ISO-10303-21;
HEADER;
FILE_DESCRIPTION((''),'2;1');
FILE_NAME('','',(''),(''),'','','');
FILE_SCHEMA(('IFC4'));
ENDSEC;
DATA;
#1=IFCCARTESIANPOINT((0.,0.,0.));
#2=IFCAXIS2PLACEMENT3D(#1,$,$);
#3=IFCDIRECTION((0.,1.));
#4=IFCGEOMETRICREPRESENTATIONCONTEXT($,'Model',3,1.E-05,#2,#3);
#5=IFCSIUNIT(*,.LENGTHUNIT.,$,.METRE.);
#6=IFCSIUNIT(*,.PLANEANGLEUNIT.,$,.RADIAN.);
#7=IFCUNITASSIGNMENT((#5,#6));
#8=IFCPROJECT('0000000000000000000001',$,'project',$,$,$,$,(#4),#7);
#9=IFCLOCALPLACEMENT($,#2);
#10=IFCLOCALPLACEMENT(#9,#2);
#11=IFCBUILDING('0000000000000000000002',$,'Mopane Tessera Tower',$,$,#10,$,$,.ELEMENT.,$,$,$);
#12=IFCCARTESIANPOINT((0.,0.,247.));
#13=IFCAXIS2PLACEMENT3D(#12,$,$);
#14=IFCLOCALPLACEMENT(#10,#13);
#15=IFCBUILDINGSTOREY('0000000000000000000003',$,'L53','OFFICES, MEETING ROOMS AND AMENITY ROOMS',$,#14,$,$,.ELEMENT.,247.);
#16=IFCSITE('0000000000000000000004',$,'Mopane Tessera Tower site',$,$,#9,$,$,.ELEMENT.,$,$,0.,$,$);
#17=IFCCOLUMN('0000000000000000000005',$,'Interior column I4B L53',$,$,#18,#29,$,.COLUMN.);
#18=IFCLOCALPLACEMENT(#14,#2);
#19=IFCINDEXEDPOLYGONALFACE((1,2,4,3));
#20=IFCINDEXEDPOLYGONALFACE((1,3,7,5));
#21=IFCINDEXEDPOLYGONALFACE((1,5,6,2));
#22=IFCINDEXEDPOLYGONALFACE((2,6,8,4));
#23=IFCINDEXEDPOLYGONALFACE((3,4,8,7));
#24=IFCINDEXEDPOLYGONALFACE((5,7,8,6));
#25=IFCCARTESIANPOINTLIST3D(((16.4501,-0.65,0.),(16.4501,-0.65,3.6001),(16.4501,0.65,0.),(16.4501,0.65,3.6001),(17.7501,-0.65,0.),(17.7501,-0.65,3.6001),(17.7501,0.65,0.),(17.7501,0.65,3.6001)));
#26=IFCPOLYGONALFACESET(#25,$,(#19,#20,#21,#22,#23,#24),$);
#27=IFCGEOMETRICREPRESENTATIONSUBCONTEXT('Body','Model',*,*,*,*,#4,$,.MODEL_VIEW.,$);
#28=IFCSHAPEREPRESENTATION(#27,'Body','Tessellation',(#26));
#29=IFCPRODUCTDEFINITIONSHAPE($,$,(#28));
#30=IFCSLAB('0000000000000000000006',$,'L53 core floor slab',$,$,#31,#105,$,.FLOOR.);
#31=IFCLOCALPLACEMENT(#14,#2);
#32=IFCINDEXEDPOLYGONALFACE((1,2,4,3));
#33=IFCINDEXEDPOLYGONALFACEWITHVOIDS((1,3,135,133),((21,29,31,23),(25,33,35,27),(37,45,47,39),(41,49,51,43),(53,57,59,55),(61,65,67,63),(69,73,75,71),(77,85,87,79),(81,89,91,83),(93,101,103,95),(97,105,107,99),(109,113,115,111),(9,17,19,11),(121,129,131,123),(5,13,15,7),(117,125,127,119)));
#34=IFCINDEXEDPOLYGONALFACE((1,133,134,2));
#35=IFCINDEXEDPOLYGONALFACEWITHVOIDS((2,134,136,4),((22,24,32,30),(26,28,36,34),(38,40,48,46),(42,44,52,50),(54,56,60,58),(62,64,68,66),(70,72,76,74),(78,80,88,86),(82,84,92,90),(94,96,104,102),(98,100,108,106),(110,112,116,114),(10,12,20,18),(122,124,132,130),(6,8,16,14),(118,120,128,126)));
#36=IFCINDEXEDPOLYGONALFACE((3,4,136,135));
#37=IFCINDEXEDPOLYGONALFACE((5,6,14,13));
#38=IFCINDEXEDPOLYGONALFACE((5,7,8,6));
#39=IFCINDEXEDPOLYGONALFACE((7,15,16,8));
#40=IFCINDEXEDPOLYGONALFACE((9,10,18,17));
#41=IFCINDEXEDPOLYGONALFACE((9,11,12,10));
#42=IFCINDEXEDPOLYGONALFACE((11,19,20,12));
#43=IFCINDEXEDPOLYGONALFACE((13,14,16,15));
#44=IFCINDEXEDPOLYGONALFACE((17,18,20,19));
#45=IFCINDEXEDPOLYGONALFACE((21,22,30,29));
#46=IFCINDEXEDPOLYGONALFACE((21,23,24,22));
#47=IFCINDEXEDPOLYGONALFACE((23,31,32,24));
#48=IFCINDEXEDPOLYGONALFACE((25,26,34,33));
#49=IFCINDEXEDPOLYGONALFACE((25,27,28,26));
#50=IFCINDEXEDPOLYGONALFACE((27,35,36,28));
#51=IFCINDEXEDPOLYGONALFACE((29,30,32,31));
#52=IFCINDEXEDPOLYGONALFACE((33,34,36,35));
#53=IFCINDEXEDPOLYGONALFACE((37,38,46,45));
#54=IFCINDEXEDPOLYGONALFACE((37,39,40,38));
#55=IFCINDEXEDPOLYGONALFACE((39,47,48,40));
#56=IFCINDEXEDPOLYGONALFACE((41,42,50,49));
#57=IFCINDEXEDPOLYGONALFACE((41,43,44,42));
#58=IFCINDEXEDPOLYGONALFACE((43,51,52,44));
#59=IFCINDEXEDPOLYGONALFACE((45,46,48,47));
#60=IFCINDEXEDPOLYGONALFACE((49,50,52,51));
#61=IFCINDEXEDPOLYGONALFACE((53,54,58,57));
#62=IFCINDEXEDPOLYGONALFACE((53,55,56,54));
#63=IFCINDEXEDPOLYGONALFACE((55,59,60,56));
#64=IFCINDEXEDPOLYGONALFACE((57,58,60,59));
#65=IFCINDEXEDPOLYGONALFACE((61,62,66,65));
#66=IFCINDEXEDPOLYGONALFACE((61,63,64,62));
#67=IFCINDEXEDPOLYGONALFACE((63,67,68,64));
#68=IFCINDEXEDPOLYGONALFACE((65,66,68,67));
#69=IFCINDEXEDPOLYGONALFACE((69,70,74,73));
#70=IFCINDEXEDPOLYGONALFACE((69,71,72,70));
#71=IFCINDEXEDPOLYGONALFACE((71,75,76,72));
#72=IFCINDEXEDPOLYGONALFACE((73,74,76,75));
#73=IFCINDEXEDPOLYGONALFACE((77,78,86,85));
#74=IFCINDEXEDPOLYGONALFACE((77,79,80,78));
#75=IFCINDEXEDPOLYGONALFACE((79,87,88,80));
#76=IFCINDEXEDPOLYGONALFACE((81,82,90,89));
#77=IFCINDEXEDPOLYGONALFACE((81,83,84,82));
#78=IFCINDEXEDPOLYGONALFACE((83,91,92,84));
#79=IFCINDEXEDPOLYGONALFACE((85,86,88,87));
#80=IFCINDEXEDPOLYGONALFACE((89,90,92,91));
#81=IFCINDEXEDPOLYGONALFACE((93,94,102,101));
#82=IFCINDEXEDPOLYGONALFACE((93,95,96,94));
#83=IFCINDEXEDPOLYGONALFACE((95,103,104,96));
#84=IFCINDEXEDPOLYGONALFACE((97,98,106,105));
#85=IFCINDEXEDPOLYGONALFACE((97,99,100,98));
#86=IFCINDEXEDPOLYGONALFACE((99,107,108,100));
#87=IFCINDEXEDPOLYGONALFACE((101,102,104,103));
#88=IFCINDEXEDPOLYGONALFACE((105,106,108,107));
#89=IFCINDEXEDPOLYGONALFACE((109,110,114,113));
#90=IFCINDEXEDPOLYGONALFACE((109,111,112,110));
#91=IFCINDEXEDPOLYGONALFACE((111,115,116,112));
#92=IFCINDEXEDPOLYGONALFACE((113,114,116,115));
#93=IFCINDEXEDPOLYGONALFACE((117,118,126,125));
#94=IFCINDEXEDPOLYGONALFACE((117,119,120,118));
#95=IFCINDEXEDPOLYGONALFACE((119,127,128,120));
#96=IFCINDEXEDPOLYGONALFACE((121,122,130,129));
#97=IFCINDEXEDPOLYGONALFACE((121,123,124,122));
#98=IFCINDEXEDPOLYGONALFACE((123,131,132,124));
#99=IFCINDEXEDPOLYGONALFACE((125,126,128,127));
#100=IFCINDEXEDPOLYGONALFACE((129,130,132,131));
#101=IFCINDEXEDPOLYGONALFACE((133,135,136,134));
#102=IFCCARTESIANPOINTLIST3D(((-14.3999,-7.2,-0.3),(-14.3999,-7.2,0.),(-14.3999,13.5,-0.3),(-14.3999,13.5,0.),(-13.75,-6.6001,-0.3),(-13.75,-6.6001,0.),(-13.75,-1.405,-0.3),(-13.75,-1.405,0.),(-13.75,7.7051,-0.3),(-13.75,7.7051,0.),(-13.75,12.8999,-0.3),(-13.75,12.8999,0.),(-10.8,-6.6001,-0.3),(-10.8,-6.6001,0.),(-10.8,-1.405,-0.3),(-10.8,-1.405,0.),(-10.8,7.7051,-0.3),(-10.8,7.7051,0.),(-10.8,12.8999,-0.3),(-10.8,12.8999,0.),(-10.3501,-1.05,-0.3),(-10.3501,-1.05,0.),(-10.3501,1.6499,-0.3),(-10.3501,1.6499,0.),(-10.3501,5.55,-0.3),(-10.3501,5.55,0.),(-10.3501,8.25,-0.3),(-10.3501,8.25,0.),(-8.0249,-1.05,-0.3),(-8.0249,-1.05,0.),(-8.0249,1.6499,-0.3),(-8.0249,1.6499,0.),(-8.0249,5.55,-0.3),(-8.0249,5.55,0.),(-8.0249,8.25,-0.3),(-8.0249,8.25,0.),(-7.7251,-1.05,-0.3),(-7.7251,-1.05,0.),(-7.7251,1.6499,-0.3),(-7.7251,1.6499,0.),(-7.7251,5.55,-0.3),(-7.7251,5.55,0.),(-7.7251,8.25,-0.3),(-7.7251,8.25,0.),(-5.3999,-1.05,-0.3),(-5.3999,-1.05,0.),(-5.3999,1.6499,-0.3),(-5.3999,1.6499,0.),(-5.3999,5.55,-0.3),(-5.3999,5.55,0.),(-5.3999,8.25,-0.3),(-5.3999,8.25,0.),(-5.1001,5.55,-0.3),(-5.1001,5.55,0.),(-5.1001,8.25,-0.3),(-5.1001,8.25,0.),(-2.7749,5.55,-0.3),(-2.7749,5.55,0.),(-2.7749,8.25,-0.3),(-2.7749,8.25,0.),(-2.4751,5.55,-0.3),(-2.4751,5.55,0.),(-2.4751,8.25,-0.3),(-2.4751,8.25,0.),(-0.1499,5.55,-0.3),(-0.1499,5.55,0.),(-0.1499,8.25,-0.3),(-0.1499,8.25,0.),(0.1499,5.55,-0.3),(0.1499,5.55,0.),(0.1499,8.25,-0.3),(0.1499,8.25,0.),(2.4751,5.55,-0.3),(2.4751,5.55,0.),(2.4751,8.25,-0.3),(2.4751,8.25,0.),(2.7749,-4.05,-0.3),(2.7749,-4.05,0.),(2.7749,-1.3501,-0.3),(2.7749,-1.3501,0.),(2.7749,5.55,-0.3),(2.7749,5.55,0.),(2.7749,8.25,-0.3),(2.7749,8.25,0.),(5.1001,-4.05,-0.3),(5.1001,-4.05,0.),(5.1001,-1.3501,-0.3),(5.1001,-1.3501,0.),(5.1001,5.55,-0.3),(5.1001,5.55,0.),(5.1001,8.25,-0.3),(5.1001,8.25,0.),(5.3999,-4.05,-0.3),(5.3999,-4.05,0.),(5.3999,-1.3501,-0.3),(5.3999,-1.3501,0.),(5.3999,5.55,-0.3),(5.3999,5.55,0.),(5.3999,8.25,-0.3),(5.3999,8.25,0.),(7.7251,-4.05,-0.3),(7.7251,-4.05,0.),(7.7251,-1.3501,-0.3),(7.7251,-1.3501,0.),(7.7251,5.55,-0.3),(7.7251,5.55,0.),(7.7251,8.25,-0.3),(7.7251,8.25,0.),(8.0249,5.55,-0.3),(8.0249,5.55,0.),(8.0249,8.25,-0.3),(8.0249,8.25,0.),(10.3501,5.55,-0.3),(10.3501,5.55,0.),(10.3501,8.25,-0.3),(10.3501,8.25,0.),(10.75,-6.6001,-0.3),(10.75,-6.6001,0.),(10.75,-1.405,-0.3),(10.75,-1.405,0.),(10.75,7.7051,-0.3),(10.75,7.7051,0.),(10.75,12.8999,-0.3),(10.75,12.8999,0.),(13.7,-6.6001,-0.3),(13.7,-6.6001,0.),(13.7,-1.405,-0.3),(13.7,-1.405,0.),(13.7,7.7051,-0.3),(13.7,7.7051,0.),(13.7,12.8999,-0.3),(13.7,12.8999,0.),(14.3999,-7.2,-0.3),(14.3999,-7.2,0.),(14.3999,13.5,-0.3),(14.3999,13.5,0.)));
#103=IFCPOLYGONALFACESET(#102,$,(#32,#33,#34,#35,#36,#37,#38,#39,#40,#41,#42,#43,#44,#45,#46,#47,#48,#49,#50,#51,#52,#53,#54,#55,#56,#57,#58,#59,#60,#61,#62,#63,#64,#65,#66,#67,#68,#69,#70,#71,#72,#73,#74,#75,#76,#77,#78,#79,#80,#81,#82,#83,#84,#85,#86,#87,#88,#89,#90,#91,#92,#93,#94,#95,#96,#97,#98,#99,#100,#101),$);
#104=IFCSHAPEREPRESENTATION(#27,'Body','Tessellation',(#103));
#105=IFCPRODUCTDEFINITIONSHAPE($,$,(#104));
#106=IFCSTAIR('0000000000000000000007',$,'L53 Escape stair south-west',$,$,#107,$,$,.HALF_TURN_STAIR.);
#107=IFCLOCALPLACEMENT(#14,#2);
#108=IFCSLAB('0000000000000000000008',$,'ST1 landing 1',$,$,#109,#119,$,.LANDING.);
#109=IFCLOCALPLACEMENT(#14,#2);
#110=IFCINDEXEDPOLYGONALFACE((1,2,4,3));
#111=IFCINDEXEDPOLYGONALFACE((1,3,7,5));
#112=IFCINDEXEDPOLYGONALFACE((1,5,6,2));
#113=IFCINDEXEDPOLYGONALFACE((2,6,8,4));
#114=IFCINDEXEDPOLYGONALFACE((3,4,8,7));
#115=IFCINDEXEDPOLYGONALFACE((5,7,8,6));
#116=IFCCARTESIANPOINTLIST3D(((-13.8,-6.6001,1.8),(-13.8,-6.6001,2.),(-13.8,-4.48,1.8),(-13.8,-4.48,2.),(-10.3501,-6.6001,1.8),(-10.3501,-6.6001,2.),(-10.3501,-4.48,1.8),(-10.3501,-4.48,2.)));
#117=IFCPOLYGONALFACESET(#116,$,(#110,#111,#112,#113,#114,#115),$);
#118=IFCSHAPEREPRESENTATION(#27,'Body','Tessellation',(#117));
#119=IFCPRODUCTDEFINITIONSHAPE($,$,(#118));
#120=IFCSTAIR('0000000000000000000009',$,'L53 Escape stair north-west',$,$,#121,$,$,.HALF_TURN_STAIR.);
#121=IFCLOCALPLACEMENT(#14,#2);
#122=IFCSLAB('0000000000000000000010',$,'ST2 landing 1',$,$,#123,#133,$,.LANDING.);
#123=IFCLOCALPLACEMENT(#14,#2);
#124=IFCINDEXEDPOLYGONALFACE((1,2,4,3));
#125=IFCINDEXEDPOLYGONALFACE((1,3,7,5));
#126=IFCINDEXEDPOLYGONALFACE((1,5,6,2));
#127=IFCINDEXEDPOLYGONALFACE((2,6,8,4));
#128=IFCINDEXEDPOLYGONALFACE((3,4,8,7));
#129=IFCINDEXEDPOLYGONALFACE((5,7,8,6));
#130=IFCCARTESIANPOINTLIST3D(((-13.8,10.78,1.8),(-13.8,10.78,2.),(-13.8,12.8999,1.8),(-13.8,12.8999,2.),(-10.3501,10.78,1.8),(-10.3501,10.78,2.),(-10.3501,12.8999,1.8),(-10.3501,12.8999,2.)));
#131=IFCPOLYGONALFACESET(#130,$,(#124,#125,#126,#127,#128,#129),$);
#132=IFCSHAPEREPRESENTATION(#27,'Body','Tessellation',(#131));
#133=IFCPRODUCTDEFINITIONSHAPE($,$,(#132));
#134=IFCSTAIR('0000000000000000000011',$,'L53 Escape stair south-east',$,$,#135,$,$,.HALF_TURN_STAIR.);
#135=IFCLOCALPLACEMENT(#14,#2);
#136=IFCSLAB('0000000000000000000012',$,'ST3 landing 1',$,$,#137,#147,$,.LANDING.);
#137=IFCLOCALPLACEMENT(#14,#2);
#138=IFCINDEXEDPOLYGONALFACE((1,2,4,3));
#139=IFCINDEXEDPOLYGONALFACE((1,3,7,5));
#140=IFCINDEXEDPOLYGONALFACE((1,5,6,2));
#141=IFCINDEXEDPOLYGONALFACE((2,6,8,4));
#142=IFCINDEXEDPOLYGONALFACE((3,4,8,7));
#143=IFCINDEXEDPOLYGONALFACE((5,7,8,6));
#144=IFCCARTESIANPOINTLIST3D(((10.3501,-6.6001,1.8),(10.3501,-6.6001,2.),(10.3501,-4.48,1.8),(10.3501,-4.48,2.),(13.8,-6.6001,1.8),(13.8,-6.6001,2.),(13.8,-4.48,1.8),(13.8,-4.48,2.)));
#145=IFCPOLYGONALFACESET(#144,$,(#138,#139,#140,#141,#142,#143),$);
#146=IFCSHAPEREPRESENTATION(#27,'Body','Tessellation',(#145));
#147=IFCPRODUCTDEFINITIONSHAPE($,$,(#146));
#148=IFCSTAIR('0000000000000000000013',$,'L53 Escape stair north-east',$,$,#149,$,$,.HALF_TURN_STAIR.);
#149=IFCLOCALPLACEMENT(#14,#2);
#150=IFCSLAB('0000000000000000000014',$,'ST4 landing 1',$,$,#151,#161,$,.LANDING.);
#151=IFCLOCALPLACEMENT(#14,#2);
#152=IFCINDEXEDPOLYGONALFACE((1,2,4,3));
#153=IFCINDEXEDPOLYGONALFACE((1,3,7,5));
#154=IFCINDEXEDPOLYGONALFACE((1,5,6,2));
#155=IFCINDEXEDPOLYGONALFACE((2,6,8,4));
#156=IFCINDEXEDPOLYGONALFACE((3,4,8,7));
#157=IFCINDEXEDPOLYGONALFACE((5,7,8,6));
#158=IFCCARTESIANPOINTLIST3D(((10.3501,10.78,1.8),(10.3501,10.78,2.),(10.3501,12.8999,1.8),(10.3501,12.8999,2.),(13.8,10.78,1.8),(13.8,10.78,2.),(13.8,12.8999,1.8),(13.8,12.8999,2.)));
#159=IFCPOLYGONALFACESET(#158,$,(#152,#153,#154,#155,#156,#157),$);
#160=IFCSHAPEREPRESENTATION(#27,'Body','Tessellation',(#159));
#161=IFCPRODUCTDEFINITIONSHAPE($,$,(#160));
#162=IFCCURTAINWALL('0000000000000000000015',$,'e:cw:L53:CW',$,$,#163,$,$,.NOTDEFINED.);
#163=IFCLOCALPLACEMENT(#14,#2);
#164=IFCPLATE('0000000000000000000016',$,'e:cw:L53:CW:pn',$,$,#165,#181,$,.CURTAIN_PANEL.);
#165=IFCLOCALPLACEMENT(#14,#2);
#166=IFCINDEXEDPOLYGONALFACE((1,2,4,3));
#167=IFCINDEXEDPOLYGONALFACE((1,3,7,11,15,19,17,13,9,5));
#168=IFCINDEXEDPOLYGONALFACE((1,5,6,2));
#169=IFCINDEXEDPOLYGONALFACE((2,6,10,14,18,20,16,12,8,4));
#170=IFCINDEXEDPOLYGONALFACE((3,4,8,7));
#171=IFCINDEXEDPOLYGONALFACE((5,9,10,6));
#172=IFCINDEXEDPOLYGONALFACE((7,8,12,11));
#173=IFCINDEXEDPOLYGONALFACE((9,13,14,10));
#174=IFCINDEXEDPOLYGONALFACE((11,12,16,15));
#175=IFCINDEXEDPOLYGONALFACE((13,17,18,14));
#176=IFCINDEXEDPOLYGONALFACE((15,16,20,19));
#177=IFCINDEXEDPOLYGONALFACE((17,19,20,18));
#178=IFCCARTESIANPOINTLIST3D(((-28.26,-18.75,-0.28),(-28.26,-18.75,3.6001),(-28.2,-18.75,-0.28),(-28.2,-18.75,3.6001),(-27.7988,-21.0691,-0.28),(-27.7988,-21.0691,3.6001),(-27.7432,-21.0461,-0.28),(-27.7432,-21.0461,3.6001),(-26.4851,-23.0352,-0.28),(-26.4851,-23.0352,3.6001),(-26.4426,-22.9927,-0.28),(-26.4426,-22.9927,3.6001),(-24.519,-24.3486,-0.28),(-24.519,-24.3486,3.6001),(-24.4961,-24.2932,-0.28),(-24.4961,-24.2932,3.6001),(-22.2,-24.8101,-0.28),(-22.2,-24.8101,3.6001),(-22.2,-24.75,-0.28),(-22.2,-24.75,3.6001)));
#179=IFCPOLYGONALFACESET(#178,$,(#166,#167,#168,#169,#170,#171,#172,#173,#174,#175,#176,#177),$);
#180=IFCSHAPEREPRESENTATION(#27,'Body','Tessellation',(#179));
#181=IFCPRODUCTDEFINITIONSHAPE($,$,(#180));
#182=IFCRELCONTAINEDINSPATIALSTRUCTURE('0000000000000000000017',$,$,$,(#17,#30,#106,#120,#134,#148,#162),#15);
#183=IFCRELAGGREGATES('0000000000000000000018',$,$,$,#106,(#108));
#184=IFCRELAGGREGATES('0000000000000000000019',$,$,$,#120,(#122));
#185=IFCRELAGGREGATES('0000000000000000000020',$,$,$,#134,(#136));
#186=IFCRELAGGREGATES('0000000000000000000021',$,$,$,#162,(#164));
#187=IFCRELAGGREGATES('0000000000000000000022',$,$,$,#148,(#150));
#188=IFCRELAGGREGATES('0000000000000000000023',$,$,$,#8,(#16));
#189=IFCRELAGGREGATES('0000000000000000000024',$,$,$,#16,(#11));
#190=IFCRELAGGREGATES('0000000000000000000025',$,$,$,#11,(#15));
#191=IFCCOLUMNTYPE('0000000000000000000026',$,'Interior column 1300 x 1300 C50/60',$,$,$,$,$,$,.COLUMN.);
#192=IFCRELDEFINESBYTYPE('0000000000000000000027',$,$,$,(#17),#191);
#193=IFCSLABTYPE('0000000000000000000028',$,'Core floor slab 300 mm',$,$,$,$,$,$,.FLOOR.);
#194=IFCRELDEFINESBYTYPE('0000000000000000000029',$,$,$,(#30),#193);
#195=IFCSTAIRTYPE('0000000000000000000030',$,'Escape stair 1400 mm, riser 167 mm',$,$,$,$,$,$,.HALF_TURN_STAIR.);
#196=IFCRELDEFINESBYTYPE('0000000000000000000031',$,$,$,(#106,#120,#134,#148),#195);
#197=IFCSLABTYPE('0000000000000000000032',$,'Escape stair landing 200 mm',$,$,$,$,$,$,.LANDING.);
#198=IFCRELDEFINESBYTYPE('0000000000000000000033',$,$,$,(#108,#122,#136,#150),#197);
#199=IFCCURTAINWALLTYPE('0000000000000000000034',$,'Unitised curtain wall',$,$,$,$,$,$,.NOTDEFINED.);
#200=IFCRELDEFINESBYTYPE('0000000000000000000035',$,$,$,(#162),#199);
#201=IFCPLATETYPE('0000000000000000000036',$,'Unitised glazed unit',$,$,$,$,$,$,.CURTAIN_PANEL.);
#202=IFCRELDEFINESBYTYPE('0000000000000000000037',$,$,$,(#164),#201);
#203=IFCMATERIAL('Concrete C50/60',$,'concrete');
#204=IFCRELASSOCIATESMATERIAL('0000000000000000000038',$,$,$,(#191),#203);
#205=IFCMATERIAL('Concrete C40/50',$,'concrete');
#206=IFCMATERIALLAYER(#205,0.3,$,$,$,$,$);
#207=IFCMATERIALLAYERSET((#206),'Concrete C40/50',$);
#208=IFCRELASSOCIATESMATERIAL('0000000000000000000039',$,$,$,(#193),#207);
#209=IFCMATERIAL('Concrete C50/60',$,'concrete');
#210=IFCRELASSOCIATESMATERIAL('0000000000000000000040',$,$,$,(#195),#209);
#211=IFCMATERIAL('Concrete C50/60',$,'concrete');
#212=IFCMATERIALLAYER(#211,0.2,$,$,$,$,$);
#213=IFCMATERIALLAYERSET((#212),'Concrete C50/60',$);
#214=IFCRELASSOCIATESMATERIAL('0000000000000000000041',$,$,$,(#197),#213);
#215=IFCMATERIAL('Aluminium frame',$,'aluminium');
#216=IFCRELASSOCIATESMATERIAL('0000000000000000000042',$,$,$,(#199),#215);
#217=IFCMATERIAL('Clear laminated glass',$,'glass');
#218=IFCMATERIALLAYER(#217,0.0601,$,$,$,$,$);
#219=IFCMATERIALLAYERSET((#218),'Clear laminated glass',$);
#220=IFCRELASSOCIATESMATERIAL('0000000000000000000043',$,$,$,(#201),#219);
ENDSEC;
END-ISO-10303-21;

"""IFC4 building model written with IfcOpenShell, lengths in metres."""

from ifc_helpers import new_model, si_unit, direction, frame, origin, origin_2d, place, context, subcontext, project, spatial, polyline, rectangle, outline, extrude, material, layer, layer_set, material_profile, profile_set, type_object, element, aggregate, save


model = new_model("IFC4")

# Units and contexts
model_context = context("Model", 3, precision=1e-05, world=origin(), true_north=direction((0.0, 1.0)))
body_context = subcontext(model_context, "Body", "Model", "MODEL_VIEW")
ifc_project = project(units=[si_unit("LENGTHUNIT", "METRE"), si_unit("PLANEANGLEUNIT", "RADIAN")], contexts=[model_context])

# Site, building, storey
site_placement = place(None, origin())
site = spatial("IfcSite", under=ifc_project, at=site_placement, Name="Mopane Tessera Tower site", CompositionType="ELEMENT", RefElevation=0.0)
building_placement = place(site_placement, origin())
building = spatial("IfcBuilding", under=site, at=building_placement, Name="Mopane Tessera Tower", CompositionType="ELEMENT")
storey_placement = place(building_placement, frame((0.0, 0.0, 247.0)))
storey = spatial("IfcBuildingStorey", under=building, at=storey_placement, Name="L53", Description="OFFICES, MEETING ROOMS AND AMENITY ROOMS", CompositionType="ELEMENT", Elevation=247.0)

# Column
ifc_material_1 = material(Name="Concrete C50/60", Category="concrete")
ifc_material_profile = material_profile(ifc_material_1, rectangle(XDim=1.3, YDim=1.3, at=origin_2d()))
ifc_profile_set = profile_set([ifc_material_profile], Name="Concrete C50/60")
column_type = type_object("IfcColumnType", Name="Interior column 1300 x 1300 C50/60", PredefinedType="COLUMN", material=ifc_profile_set)
column_placement = place(storey_placement, frame((17.1001, 0.0, 0.0), z_axis=(0.0, 0.0, 1.0), x_axis=(1.0, 0.0, 0.0)))
element("IfcColumn", 1, at=column_placement, inside=storey, type_object=column_type, Name="Interior column I4B L53", PredefinedType="COLUMN", context=body_context, shape_type="SweptSolid", body=[
    extrude(rectangle(XDim=1.3, YDim=1.3, at=origin_2d()), origin(), (0.0, 0.0, 1.0), 3.6001),
])

# Slab
ifc_material_2 = material(Name="Concrete C40/50", Category="concrete")
ifc_layer_1 = layer(ifc_material_2, 0.3)
ifc_layer_set_1 = layer_set([ifc_layer_1], Name="Concrete C40/50")
slab_type_1 = type_object("IfcSlabType", Name="Core floor slab 300 mm", PredefinedType="FLOOR", material=ifc_layer_set_1)
slab_1_placement = place(storey_placement, frame((0.0, 0.0, -0.3)))
element("IfcSlab", 2, at=slab_1_placement, inside=storey, type_object=slab_type_1, Name="L53 core floor slab", PredefinedType="FLOOR", context=body_context, shape_type="SweptSolid", body=[
    extrude(outline(polyline([(-14.3999, -7.2), (14.3999, -7.2), (14.3999, 13.5), (-14.3999, 13.5), (-14.3999, -7.2)]), holes=[polyline([(-10.3501, -1.05), (-8.0249, -1.05), (-8.0249, 1.6499), (-10.3501, 1.6499), (-10.3501, -1.05)]), polyline([(-7.7251, -1.05), (-5.3999, -1.05), (-5.3999, 1.6499), (-7.7251, 1.6499), (-7.7251, -1.05)]), polyline([(-10.3501, 5.55), (-8.0249, 5.55), (-8.0249, 8.25), (-10.3501, 8.25), (-10.3501, 5.55)]), polyline([(-7.7251, 5.55), (-5.3999, 5.55), (-5.3999, 8.25), (-7.7251, 8.25), (-7.7251, 5.55)]), polyline([(-5.1001, 5.55), (-2.7749, 5.55), (-2.7749, 8.25), (-5.1001, 8.25), (-5.1001, 5.55)]), polyline([(-2.4751, 5.55), (-0.1499, 5.55), (-0.1499, 8.25), (-2.4751, 8.25), (-2.4751, 5.55)]), polyline([(0.1499, 5.55), (2.4751, 5.55), (2.4751, 8.25), (0.1499, 8.25), (0.1499, 5.55)]), polyline([(2.7749, 5.55), (5.1001, 5.55), (5.1001, 8.25), (2.7749, 8.25), (2.7749, 5.55)]), polyline([(5.3999, 5.55), (7.7251, 5.55), (7.7251, 8.25), (5.3999, 8.25), (5.3999, 5.55)]), polyline([(8.0249, 5.55), (10.3501, 5.55), (10.3501, 8.25), (8.0249, 8.25), (8.0249, 5.55)]), polyline([(2.7749, -4.05), (5.1001, -4.05), (5.1001, -1.3501), (2.7749, -1.3501), (2.7749, -4.05)]), polyline([(5.3999, -4.05), (7.7251, -4.05), (7.7251, -1.3501), (5.3999, -1.3501), (5.3999, -4.05)]), polyline([(-13.75, -1.405), (-13.75, -6.6001), (-10.8, -6.6001), (-10.8, -1.405), (-13.75, -1.405)]), polyline([(-10.8, 7.7051), (-10.8, 12.8999), (-13.75, 12.8999), (-13.75, 7.7051), (-10.8, 7.7051)]), polyline([(10.75, -1.405), (10.75, -6.6001), (13.7, -6.6001), (13.7, -1.405), (10.75, -1.405)]), polyline([(13.7, 7.7051), (13.7, 12.8999), (10.75, 12.8999), (10.75, 7.7051), (13.7, 7.7051)])]), origin(), (0.0, 0.0, 1.0), 0.3),
])

# Stairs, slabs
ifc_material_3 = material(Name="Concrete C50/60", Category="concrete")
stair_type = type_object("IfcStairType", Name="Escape stair 1400 mm, riser 167 mm", PredefinedType="HALF_TURN_STAIR", material=ifc_material_3)
stair_1_placement = place(storey_placement, origin())
stair_1 = element("IfcStair", 3, at=stair_1_placement, inside=storey, type_object=stair_type, Name="L53 Escape stair south-west", PredefinedType="HALF_TURN_STAIR")
ifc_material_4 = material(Name="Concrete C50/60", Category="concrete")
ifc_layer_2 = layer(ifc_material_4, 0.2)
ifc_layer_set_2 = layer_set([ifc_layer_2], Name="Concrete C50/60")
slab_type_2 = type_object("IfcSlabType", Name="Escape stair landing 200 mm", PredefinedType="LANDING", material=ifc_layer_set_2)
slab_2_placement = place(storey_placement, frame((0.0, 0.0, 1.8)))
slab_2 = element("IfcSlab", 4, at=slab_2_placement, type_object=slab_type_2, Name="ST1 landing 1", PredefinedType="LANDING", context=body_context, shape_type="SweptSolid", body=[
    extrude(outline(polyline([(-13.8, -4.48), (-13.8, -6.6001), (-10.3501, -6.6001), (-10.3501, -4.48), (-13.8, -4.48)])), origin(), (0.0, 0.0, 1.0), 0.2),
])
aggregate(stair_1, [slab_2])
stair_2_placement = place(storey_placement, origin())
stair_2 = element("IfcStair", 5, at=stair_2_placement, inside=storey, type_object=stair_type, Name="L53 Escape stair north-west", PredefinedType="HALF_TURN_STAIR")
slab_3_placement = place(storey_placement, frame((0.0, 0.0, 1.8)))
slab_3 = element("IfcSlab", 6, at=slab_3_placement, type_object=slab_type_2, Name="ST2 landing 1", PredefinedType="LANDING", context=body_context, shape_type="SweptSolid", body=[
    extrude(outline(polyline([(-10.3501, 10.78), (-10.3501, 12.8999), (-13.8, 12.8999), (-13.8, 10.78), (-10.3501, 10.78)])), origin(), (0.0, 0.0, 1.0), 0.2),
])
aggregate(stair_2, [slab_3])
stair_3_placement = place(storey_placement, origin())
stair_3 = element("IfcStair", 7, at=stair_3_placement, inside=storey, type_object=stair_type, Name="L53 Escape stair south-east", PredefinedType="HALF_TURN_STAIR")
slab_4_placement = place(storey_placement, frame((0.0, 0.0, 1.8)))
slab_4 = element("IfcSlab", 8, at=slab_4_placement, type_object=slab_type_2, Name="ST3 landing 1", PredefinedType="LANDING", context=body_context, shape_type="SweptSolid", body=[
    extrude(outline(polyline([(10.3501, -4.48), (10.3501, -6.6001), (13.8, -6.6001), (13.8, -4.48), (10.3501, -4.48)])), origin(), (0.0, 0.0, 1.0), 0.2),
])
aggregate(stair_3, [slab_4])
stair_4_placement = place(storey_placement, origin())
stair_4 = element("IfcStair", 9, at=stair_4_placement, inside=storey, type_object=stair_type, Name="L53 Escape stair north-east", PredefinedType="HALF_TURN_STAIR")
slab_5_placement = place(storey_placement, frame((0.0, 0.0, 1.8)))
slab_5 = element("IfcSlab", 10, at=slab_5_placement, type_object=slab_type_2, Name="ST4 landing 1", PredefinedType="LANDING", context=body_context, shape_type="SweptSolid", body=[
    extrude(outline(polyline([(13.8, 10.78), (13.8, 12.8999), (10.3501, 12.8999), (10.3501, 10.78), (13.8, 10.78)])), origin(), (0.0, 0.0, 1.0), 0.2),
])

# Curtain wall, plate
ifc_material_5 = material(Name="Aluminium frame", Category="aluminium")
curtain_wall_type = type_object("IfcCurtainWallType", Name="Unitised curtain wall", PredefinedType="NOTDEFINED", material=ifc_material_5)
curtain_wall_placement = place(storey_placement, origin())
curtain_wall = element("IfcCurtainWall", 11, at=curtain_wall_placement, inside=storey, type_object=curtain_wall_type, Name="e:cw:L53:CW", PredefinedType="NOTDEFINED")
ifc_material_6 = material(Name="Clear laminated glass", Category="glass")
ifc_layer_3 = layer(ifc_material_6, 0.0601)
ifc_layer_set_3 = layer_set([ifc_layer_3], Name="Clear laminated glass")
plate_type = type_object("IfcPlateType", Name="Unitised glazed unit", PredefinedType="CURTAIN_PANEL", material=ifc_layer_set_3)
plate_placement = place(storey_placement, frame((0.0, 0.0, -0.28)))
plate = element("IfcPlate", 12, at=plate_placement, type_object=plate_type, Name="e:cw:L53:CW:pn", PredefinedType="CURTAIN_PANEL", context=body_context, shape_type="SweptSolid", body=[
    extrude(outline(polyline([(-28.2, -18.75), (-27.7432, -21.0461), (-26.4426, -22.9927), (-24.4961, -24.2932), (-22.2, -24.75), (-22.2, -24.8101), (-24.519, -24.3486), (-26.4851, -23.0352), (-27.7988, -21.0691), (-28.26, -18.75), (-28.2, -18.75)])), origin(), (0.0, 0.0, 1.0), 3.8801),
])
aggregate(curtain_wall, [plate])

aggregate(stair_4, [slab_5])

save(model, "model.ifc")
